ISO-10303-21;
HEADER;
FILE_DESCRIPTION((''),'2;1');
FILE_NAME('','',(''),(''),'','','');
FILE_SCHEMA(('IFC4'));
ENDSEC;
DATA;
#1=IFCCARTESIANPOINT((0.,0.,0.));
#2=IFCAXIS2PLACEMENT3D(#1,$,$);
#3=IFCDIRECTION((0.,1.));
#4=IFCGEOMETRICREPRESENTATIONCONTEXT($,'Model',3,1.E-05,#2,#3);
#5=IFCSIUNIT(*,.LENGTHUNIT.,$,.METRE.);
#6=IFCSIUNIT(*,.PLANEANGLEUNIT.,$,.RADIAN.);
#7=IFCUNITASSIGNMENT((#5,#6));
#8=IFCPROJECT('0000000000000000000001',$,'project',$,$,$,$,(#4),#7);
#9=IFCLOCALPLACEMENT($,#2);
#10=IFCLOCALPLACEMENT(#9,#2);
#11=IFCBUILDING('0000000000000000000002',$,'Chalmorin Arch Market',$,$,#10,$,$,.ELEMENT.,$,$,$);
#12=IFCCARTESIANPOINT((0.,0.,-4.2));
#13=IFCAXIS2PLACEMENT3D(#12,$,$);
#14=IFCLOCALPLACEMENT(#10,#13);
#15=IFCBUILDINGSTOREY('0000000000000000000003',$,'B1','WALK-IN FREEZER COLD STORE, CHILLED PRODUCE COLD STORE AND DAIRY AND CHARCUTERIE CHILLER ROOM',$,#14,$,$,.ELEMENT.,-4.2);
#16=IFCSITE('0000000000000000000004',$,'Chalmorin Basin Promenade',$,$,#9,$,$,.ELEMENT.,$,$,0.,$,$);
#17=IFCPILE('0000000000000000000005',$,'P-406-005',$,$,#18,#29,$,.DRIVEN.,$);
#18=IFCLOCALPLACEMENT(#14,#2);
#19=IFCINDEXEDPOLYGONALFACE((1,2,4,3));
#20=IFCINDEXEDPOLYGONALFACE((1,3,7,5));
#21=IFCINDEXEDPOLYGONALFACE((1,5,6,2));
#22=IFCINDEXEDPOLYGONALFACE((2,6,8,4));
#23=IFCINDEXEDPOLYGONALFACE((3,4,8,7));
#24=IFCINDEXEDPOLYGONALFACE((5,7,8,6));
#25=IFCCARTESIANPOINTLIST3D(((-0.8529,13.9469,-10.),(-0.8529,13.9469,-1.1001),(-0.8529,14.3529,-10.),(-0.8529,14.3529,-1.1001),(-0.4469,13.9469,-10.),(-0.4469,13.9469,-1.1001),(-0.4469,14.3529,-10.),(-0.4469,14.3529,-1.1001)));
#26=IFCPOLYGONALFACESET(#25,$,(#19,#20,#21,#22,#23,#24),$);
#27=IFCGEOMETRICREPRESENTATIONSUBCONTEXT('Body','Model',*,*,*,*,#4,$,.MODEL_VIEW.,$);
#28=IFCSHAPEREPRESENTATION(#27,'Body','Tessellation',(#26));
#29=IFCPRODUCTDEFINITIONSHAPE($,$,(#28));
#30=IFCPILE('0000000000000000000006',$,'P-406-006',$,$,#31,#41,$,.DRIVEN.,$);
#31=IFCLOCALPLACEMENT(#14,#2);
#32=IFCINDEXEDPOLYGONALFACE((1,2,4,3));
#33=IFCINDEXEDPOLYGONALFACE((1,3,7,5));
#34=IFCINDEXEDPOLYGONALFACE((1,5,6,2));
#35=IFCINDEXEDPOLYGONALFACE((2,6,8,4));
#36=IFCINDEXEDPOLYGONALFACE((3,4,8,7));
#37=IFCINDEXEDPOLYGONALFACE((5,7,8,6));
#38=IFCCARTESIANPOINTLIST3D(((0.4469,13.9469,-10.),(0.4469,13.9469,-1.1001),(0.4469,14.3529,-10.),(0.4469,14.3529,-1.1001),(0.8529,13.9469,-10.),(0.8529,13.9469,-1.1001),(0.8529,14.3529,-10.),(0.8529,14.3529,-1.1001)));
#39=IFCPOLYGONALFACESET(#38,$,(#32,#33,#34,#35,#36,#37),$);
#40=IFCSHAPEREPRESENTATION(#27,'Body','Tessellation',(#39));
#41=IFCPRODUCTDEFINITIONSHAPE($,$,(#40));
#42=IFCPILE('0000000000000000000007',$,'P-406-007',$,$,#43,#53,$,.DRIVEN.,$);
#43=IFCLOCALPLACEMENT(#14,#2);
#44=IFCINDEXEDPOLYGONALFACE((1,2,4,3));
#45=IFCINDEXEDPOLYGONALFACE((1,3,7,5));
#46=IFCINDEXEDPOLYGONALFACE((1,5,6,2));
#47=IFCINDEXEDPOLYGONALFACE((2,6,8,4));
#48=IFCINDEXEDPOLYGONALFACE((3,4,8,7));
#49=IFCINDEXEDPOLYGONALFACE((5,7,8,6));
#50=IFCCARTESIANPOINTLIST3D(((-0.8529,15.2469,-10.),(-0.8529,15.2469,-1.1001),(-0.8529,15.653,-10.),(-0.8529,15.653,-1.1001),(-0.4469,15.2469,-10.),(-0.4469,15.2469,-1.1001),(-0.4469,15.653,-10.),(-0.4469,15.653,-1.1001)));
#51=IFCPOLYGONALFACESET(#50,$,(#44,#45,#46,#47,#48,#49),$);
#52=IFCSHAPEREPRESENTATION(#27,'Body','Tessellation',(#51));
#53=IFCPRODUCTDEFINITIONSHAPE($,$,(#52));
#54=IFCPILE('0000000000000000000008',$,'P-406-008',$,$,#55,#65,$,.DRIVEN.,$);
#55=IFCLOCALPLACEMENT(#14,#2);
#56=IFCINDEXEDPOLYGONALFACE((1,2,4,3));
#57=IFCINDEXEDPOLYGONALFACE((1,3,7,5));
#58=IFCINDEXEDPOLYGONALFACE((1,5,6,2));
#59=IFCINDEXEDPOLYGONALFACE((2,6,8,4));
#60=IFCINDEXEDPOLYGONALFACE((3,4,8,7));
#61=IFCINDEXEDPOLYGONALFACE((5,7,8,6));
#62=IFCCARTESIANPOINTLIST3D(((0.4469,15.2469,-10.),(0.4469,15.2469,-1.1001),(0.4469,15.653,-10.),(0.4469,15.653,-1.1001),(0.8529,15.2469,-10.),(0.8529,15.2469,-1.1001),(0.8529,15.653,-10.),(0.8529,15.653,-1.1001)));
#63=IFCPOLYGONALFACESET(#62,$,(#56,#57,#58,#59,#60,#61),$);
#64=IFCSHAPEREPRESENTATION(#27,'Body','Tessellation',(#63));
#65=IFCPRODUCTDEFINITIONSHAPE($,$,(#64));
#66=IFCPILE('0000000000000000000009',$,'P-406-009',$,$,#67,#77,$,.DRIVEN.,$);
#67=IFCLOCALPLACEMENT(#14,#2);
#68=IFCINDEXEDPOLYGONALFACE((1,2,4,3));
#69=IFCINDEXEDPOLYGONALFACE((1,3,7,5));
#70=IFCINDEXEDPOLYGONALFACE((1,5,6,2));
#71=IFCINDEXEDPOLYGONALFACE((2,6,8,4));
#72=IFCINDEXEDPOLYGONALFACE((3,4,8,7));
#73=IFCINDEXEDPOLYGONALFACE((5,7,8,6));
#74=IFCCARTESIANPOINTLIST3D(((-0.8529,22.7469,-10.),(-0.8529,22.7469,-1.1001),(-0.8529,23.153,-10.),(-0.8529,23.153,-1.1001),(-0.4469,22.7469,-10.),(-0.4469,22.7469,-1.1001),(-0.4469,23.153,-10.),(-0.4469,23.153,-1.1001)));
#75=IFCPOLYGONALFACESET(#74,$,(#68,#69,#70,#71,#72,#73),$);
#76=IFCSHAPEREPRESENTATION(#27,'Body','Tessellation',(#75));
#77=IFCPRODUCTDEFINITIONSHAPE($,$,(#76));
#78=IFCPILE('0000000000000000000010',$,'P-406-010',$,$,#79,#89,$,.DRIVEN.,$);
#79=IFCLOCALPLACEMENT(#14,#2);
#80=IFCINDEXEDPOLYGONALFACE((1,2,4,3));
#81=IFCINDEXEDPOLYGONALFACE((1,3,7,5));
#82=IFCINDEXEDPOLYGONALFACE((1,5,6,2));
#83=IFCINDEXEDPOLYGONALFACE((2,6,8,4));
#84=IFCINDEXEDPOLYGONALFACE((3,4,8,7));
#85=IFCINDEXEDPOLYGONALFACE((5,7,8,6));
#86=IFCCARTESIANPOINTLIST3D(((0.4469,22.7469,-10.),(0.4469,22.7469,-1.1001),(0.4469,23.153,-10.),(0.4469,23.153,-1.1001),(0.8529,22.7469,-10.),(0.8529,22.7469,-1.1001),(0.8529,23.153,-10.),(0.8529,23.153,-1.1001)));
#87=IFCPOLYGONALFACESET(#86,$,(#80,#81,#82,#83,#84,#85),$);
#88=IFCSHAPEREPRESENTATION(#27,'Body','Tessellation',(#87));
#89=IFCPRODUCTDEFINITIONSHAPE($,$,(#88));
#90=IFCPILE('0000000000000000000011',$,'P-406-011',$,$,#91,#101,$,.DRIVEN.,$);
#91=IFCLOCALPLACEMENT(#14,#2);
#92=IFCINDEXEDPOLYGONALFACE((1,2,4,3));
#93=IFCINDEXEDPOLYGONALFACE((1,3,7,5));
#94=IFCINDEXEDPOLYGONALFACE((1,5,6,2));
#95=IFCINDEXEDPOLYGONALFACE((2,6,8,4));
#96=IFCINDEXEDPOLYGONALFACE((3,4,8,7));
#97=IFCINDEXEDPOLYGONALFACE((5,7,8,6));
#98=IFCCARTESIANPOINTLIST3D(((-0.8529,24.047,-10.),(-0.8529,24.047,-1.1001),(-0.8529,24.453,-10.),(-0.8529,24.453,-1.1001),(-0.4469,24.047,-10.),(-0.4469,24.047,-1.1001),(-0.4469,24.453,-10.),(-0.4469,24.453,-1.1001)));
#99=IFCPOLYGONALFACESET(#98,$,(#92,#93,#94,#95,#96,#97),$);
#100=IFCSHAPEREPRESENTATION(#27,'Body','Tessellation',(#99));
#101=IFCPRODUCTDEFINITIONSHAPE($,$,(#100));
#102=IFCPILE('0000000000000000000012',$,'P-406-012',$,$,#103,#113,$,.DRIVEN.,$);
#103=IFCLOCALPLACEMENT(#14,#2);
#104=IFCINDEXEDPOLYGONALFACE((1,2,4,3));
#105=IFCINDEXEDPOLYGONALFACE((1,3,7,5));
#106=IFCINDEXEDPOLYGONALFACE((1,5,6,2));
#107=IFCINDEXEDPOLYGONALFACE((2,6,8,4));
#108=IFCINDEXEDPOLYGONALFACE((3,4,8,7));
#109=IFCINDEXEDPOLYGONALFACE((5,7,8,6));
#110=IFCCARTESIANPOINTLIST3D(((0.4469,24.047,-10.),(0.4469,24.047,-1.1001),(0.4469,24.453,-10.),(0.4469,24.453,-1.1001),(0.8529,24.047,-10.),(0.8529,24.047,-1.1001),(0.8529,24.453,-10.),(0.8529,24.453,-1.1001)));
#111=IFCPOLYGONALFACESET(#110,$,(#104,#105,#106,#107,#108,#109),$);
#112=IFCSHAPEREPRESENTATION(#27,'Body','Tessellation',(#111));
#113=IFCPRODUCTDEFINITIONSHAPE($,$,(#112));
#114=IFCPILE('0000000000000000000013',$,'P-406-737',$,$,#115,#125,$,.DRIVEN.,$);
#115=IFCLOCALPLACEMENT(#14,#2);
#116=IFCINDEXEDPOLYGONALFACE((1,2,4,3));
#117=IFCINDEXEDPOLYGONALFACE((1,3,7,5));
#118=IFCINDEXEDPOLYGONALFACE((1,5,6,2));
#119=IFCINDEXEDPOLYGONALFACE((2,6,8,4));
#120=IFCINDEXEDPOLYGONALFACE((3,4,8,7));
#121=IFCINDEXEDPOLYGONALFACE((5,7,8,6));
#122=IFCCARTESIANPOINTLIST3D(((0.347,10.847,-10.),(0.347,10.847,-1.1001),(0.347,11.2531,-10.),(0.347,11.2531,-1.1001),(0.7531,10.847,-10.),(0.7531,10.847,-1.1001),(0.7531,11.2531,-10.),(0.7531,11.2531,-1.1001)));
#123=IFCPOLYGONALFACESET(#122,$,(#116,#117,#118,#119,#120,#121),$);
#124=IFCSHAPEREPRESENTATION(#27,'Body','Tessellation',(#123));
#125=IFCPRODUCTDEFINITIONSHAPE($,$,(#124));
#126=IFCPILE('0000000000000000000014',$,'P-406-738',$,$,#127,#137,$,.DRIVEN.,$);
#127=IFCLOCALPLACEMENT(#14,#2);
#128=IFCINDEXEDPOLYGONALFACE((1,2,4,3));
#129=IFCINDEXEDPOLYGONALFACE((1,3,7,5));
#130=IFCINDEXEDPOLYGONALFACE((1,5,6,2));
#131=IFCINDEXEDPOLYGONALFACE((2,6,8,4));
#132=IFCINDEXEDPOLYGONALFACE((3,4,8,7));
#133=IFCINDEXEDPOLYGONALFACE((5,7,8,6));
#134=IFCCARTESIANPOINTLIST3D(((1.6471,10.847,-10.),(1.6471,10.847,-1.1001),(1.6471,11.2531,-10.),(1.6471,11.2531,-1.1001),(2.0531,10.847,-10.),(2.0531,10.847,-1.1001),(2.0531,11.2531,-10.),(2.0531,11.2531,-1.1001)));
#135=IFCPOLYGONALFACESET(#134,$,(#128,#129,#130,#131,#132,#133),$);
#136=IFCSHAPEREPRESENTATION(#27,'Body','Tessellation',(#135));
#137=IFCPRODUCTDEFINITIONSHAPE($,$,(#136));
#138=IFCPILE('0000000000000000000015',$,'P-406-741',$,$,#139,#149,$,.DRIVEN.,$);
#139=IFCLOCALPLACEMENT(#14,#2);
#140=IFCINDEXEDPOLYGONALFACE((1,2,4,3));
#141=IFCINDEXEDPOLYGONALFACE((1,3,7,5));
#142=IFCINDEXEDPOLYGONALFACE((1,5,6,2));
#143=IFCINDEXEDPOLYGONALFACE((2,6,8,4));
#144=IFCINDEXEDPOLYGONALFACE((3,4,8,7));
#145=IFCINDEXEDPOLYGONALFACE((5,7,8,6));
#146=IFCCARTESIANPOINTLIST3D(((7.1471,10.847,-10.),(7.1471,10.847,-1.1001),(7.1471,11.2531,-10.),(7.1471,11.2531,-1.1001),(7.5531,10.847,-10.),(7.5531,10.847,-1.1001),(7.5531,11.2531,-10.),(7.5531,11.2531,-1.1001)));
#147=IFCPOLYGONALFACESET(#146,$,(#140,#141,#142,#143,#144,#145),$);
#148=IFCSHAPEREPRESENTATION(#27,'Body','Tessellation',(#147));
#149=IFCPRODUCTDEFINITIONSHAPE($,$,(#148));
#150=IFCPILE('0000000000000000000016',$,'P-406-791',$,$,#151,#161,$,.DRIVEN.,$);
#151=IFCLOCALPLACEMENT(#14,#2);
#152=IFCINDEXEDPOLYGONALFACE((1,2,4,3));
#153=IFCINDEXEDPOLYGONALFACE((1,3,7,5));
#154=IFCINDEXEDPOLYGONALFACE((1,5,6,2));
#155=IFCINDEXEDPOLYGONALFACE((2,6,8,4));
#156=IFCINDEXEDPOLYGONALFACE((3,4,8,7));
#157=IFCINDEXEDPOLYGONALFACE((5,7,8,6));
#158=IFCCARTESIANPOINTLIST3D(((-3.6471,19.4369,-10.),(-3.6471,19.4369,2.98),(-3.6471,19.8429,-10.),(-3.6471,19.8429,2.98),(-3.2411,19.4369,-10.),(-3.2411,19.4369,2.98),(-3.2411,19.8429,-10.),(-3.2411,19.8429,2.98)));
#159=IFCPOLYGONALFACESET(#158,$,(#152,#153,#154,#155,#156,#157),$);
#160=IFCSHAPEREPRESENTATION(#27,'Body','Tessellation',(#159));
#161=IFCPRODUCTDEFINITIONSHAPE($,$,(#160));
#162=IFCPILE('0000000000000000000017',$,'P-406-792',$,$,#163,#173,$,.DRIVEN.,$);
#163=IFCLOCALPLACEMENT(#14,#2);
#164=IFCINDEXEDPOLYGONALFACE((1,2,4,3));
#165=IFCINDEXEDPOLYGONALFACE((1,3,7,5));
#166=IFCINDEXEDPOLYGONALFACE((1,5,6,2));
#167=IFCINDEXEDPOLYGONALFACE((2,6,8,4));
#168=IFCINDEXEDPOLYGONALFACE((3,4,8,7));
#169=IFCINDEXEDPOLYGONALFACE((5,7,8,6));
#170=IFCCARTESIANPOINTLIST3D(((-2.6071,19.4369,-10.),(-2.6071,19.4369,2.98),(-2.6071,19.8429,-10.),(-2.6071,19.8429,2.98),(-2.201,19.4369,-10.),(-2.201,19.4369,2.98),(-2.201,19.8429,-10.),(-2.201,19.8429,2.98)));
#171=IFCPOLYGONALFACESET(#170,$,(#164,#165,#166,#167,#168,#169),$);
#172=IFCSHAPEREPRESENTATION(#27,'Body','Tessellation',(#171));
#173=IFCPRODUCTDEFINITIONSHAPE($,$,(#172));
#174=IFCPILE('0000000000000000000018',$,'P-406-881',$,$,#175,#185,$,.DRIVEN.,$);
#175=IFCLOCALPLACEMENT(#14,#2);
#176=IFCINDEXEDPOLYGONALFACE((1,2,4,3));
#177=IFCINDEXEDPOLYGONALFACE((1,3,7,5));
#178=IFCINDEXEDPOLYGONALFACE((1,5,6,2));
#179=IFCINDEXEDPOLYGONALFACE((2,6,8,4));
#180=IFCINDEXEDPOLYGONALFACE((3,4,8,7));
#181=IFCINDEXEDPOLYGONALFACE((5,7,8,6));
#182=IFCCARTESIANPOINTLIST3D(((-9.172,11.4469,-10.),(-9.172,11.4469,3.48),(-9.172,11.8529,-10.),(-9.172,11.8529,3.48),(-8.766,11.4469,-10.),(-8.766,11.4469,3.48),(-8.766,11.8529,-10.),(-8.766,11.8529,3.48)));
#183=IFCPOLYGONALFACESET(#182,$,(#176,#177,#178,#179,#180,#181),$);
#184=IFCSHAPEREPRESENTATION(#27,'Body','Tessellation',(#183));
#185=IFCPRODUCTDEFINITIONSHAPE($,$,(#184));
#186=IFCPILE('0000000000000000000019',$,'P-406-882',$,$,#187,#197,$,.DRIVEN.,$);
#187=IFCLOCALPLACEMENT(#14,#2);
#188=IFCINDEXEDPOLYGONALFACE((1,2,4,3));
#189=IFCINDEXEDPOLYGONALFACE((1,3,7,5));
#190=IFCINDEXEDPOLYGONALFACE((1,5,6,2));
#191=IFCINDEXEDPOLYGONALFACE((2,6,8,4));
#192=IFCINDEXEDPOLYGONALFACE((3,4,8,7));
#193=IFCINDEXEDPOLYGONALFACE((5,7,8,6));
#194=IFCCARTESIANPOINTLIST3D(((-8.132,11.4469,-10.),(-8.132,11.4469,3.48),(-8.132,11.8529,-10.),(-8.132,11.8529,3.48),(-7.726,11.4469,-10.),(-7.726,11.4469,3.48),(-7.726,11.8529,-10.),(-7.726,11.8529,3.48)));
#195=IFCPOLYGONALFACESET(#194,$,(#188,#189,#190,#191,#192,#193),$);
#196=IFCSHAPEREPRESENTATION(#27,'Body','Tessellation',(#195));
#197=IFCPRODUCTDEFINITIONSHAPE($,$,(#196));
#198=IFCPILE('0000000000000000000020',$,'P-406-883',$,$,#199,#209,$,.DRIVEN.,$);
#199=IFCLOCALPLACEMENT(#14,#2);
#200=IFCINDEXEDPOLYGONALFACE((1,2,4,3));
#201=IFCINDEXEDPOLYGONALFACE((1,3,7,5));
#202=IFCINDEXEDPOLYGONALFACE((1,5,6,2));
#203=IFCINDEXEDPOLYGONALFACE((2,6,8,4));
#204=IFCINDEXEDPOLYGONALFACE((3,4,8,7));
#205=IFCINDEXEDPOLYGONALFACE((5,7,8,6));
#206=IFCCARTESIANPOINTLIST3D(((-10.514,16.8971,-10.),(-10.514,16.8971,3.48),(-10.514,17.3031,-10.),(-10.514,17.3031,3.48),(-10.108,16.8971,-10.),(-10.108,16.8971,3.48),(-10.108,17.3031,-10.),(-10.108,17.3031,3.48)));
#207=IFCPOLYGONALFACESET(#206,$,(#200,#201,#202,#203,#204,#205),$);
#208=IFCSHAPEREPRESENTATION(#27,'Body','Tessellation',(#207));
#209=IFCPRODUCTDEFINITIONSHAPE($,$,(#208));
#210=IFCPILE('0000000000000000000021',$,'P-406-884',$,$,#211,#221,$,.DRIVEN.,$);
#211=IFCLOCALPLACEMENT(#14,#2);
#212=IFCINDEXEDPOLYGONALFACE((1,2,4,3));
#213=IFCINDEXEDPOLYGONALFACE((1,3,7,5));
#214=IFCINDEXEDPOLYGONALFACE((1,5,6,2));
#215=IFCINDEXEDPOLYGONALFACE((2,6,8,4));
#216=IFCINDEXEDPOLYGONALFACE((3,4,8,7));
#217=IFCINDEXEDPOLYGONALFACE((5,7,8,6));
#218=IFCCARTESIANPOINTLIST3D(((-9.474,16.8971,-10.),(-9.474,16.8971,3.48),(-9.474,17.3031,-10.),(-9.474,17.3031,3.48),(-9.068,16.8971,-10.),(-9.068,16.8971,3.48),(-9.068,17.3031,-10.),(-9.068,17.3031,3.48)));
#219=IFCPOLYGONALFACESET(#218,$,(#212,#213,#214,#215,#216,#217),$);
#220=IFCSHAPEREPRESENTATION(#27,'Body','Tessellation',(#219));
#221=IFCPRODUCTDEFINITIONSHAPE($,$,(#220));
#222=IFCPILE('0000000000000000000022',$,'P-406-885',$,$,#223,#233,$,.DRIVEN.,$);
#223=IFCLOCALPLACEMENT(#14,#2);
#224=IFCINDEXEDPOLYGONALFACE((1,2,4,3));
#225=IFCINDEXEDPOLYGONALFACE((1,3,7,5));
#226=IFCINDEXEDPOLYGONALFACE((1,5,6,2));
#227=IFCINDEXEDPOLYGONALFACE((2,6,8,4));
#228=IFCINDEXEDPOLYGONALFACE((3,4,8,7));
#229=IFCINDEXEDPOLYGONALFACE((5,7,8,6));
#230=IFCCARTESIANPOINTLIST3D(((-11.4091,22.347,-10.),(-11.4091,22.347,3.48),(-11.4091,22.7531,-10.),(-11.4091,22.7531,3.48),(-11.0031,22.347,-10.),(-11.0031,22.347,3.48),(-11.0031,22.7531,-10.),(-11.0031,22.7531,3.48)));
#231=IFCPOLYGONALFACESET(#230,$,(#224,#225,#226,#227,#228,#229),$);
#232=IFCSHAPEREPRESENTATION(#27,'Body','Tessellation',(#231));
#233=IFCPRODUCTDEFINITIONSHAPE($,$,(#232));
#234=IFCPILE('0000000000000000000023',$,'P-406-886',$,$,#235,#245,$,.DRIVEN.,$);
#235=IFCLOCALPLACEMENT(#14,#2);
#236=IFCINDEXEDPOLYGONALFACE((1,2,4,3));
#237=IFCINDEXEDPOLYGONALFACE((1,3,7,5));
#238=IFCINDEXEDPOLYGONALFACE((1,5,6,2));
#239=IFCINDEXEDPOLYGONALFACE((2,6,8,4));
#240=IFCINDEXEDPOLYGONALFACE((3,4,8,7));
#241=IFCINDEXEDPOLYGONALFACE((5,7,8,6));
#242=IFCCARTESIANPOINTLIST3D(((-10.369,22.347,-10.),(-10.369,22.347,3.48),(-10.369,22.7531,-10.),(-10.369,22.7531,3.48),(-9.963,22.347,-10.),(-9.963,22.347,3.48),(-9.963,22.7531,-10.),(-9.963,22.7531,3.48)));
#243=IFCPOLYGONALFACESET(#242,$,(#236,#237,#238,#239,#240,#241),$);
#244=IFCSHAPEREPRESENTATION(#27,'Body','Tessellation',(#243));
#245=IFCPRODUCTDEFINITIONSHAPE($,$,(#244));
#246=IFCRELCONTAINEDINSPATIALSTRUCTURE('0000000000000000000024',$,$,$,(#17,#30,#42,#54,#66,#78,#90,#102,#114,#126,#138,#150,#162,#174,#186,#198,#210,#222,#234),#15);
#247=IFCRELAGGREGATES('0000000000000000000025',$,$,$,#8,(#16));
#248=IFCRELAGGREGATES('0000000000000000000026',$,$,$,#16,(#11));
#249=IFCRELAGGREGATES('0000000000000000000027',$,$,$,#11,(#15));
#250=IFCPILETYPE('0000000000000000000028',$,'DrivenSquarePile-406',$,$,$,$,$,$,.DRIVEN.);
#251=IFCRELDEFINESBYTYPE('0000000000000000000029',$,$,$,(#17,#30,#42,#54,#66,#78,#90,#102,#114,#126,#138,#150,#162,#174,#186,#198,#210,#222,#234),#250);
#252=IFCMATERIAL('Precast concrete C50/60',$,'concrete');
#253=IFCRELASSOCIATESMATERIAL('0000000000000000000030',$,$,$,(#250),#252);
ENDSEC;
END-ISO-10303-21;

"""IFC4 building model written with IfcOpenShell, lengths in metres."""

from ifc_helpers import new_model, si_unit, direction, frame, origin, origin_2d, place, context, subcontext, project, spatial, rectangle, extrude, material, material_profile, profile_set, type_object, element, save


model = new_model("IFC4")

# Units and contexts
model_context = context("Model", 3, precision=1e-05, world=origin(), true_north=direction((0.0, 1.0)))
body_context = subcontext(model_context, "Body", "Model", "MODEL_VIEW")
ifc_project = project(units=[si_unit("LENGTHUNIT", "METRE"), si_unit("PLANEANGLEUNIT", "RADIAN")], contexts=[model_context])

# Site, building, storey
site_placement = place(None, origin())
site = spatial("IfcSite", under=ifc_project, at=site_placement, Name="Chalmorin Basin Promenade", CompositionType="ELEMENT", RefElevation=0.0)
building_placement = place(site_placement, origin())
building = spatial("IfcBuilding", under=site, at=building_placement, Name="Chalmorin Arch Market", CompositionType="ELEMENT")
storey_placement = place(building_placement, frame((0.0, 0.0, -4.2)))
storey = spatial("IfcBuildingStorey", under=building, at=storey_placement, Name="B1", Description="WALK-IN FREEZER COLD STORE, CHILLED PRODUCE COLD STORE AND DAIRY AND CHARCUTERIE CHILLER ROOM", CompositionType="ELEMENT", Elevation=-4.2)

# Piles
ifc_material_1 = material(Name="Precast concrete C50/60", Category="concrete")
ifc_material_profile_1 = material_profile(ifc_material_1, rectangle(XDim=0.406, YDim=0.406, at=origin_2d()), Name="PPC406")
ifc_profile_set_1 = profile_set([ifc_material_profile_1], Name="Precast concrete C50/60")
pile_type = type_object("IfcPileType", Name="DrivenSquarePile-406", PredefinedType="DRIVEN", material=ifc_profile_set_1)
for number, where, z_axis, x_axis, name in (
    (1, (-0.6499, 14.1499, -1.1001), (0.0, 0.0, -1.0), (1.0, 0.0, 0.0), "P-406-005"),
    (2, (0.6499, 14.1499, -1.1001), (0.0, 0.0, -1.0), (1.0, 0.0, 0.0), "P-406-006"),
    (3, (-0.6499, 15.45, -1.1001), (0.0, 0.0, -1.0), (1.0, 0.0, 0.0), "P-406-007"),
    (4, (0.6499, 15.45, -1.1001), (0.0, 0.0, -1.0), (1.0, 0.0, 0.0), "P-406-008"),
    (5, (-0.6499, 22.95, -1.1001), (0.0, 0.0, -1.0), (1.0, 0.0, 0.0), "P-406-009"),
    (6, (0.6499, 22.95, -1.1001), (0.0, 0.0, -1.0), (1.0, 0.0, 0.0), "P-406-010"),
    (7, (-0.6499, 24.25, -1.1001), (0.0, 0.0, -1.0), (1.0, 0.0, 0.0), "P-406-011"),
    (8, (0.6499, 24.25, -1.1001), (0.0, 0.0, -1.0), (1.0, 0.0, 0.0), "P-406-012"),
    (9, (0.55, 11.05, -1.1001), (0.0, 0.0, -1.0), (1.0, 0.0, 0.0), "P-406-737"),
    (10, (1.8501, 11.05, -1.1001), (0.0, 0.0, -1.0), (1.0, 0.0, 0.0), "P-406-738"),
    (11, (7.3501, 11.05, -1.1001), (0.0, 0.0, -1.0), (1.0, 0.0, 0.0), "P-406-741"),
):
    element("IfcPile", number, at=place(storey_placement, frame(where, z_axis=z_axis, x_axis=x_axis)), inside=storey, type_object=pile_type, Name=name, PredefinedType="DRIVEN", context=body_context, shape_type="SweptSolid", body=[
        extrude(rectangle(XDim=0.406, YDim=0.406, at=origin_2d()), origin(), (0.0, 0.0, 1.0), 8.8999),
    ])
for number, where, z_axis, x_axis, name in (
    (12, (-3.4441, 19.6399, 2.98), (0.0, 0.0, -1.0), (1.0, 0.0, 0.0), "P-406-791"),
    (13, (-2.4041, 19.6399, 2.98), (0.0, 0.0, -1.0), (1.0, 0.0, 0.0), "P-406-792"),
):
    element("IfcPile", number, at=place(storey_placement, frame(where, z_axis=z_axis, x_axis=x_axis)), inside=storey, type_object=pile_type, Name=name, PredefinedType="DRIVEN", context=body_context, shape_type="SweptSolid", body=[
        extrude(rectangle(XDim=0.406, YDim=0.406, at=origin_2d()), origin(), (0.0, 0.0, 1.0), 12.98),
    ])
for number, where, z_axis, x_axis, name in (
    (14, (-8.969, 11.6499, 3.48), (0.0, 0.0, -1.0), (1.0, 0.0, 0.0), "P-406-881"),
    (15, (-7.929, 11.6499, 3.48), (0.0, 0.0, -1.0), (1.0, 0.0, 0.0), "P-406-882"),
    (16, (-10.311, 17.1001, 3.48), (0.0, 0.0, -1.0), (1.0, 0.0, 0.0), "P-406-883"),
    (17, (-9.271, 17.1001, 3.48), (0.0, 0.0, -1.0), (1.0, 0.0, 0.0), "P-406-884"),
    (18, (-11.2061, 22.55, 3.48), (0.0, 0.0, -1.0), (1.0, 0.0, 0.0), "P-406-885"),
    (19, (-10.166, 22.55, 3.48), (0.0, 0.0, -1.0), (1.0, 0.0, 0.0), "P-406-886"),
):
    element("IfcPile", number, at=place(storey_placement, frame(where, z_axis=z_axis, x_axis=x_axis)), inside=storey, type_object=pile_type, Name=name, PredefinedType="DRIVEN", context=body_context, shape_type="SweptSolid", body=[
        extrude(rectangle(XDim=0.406, YDim=0.406, at=origin_2d()), origin(), (0.0, 0.0, 1.0), 13.48),
    ])

save(model, "model.ifc")
